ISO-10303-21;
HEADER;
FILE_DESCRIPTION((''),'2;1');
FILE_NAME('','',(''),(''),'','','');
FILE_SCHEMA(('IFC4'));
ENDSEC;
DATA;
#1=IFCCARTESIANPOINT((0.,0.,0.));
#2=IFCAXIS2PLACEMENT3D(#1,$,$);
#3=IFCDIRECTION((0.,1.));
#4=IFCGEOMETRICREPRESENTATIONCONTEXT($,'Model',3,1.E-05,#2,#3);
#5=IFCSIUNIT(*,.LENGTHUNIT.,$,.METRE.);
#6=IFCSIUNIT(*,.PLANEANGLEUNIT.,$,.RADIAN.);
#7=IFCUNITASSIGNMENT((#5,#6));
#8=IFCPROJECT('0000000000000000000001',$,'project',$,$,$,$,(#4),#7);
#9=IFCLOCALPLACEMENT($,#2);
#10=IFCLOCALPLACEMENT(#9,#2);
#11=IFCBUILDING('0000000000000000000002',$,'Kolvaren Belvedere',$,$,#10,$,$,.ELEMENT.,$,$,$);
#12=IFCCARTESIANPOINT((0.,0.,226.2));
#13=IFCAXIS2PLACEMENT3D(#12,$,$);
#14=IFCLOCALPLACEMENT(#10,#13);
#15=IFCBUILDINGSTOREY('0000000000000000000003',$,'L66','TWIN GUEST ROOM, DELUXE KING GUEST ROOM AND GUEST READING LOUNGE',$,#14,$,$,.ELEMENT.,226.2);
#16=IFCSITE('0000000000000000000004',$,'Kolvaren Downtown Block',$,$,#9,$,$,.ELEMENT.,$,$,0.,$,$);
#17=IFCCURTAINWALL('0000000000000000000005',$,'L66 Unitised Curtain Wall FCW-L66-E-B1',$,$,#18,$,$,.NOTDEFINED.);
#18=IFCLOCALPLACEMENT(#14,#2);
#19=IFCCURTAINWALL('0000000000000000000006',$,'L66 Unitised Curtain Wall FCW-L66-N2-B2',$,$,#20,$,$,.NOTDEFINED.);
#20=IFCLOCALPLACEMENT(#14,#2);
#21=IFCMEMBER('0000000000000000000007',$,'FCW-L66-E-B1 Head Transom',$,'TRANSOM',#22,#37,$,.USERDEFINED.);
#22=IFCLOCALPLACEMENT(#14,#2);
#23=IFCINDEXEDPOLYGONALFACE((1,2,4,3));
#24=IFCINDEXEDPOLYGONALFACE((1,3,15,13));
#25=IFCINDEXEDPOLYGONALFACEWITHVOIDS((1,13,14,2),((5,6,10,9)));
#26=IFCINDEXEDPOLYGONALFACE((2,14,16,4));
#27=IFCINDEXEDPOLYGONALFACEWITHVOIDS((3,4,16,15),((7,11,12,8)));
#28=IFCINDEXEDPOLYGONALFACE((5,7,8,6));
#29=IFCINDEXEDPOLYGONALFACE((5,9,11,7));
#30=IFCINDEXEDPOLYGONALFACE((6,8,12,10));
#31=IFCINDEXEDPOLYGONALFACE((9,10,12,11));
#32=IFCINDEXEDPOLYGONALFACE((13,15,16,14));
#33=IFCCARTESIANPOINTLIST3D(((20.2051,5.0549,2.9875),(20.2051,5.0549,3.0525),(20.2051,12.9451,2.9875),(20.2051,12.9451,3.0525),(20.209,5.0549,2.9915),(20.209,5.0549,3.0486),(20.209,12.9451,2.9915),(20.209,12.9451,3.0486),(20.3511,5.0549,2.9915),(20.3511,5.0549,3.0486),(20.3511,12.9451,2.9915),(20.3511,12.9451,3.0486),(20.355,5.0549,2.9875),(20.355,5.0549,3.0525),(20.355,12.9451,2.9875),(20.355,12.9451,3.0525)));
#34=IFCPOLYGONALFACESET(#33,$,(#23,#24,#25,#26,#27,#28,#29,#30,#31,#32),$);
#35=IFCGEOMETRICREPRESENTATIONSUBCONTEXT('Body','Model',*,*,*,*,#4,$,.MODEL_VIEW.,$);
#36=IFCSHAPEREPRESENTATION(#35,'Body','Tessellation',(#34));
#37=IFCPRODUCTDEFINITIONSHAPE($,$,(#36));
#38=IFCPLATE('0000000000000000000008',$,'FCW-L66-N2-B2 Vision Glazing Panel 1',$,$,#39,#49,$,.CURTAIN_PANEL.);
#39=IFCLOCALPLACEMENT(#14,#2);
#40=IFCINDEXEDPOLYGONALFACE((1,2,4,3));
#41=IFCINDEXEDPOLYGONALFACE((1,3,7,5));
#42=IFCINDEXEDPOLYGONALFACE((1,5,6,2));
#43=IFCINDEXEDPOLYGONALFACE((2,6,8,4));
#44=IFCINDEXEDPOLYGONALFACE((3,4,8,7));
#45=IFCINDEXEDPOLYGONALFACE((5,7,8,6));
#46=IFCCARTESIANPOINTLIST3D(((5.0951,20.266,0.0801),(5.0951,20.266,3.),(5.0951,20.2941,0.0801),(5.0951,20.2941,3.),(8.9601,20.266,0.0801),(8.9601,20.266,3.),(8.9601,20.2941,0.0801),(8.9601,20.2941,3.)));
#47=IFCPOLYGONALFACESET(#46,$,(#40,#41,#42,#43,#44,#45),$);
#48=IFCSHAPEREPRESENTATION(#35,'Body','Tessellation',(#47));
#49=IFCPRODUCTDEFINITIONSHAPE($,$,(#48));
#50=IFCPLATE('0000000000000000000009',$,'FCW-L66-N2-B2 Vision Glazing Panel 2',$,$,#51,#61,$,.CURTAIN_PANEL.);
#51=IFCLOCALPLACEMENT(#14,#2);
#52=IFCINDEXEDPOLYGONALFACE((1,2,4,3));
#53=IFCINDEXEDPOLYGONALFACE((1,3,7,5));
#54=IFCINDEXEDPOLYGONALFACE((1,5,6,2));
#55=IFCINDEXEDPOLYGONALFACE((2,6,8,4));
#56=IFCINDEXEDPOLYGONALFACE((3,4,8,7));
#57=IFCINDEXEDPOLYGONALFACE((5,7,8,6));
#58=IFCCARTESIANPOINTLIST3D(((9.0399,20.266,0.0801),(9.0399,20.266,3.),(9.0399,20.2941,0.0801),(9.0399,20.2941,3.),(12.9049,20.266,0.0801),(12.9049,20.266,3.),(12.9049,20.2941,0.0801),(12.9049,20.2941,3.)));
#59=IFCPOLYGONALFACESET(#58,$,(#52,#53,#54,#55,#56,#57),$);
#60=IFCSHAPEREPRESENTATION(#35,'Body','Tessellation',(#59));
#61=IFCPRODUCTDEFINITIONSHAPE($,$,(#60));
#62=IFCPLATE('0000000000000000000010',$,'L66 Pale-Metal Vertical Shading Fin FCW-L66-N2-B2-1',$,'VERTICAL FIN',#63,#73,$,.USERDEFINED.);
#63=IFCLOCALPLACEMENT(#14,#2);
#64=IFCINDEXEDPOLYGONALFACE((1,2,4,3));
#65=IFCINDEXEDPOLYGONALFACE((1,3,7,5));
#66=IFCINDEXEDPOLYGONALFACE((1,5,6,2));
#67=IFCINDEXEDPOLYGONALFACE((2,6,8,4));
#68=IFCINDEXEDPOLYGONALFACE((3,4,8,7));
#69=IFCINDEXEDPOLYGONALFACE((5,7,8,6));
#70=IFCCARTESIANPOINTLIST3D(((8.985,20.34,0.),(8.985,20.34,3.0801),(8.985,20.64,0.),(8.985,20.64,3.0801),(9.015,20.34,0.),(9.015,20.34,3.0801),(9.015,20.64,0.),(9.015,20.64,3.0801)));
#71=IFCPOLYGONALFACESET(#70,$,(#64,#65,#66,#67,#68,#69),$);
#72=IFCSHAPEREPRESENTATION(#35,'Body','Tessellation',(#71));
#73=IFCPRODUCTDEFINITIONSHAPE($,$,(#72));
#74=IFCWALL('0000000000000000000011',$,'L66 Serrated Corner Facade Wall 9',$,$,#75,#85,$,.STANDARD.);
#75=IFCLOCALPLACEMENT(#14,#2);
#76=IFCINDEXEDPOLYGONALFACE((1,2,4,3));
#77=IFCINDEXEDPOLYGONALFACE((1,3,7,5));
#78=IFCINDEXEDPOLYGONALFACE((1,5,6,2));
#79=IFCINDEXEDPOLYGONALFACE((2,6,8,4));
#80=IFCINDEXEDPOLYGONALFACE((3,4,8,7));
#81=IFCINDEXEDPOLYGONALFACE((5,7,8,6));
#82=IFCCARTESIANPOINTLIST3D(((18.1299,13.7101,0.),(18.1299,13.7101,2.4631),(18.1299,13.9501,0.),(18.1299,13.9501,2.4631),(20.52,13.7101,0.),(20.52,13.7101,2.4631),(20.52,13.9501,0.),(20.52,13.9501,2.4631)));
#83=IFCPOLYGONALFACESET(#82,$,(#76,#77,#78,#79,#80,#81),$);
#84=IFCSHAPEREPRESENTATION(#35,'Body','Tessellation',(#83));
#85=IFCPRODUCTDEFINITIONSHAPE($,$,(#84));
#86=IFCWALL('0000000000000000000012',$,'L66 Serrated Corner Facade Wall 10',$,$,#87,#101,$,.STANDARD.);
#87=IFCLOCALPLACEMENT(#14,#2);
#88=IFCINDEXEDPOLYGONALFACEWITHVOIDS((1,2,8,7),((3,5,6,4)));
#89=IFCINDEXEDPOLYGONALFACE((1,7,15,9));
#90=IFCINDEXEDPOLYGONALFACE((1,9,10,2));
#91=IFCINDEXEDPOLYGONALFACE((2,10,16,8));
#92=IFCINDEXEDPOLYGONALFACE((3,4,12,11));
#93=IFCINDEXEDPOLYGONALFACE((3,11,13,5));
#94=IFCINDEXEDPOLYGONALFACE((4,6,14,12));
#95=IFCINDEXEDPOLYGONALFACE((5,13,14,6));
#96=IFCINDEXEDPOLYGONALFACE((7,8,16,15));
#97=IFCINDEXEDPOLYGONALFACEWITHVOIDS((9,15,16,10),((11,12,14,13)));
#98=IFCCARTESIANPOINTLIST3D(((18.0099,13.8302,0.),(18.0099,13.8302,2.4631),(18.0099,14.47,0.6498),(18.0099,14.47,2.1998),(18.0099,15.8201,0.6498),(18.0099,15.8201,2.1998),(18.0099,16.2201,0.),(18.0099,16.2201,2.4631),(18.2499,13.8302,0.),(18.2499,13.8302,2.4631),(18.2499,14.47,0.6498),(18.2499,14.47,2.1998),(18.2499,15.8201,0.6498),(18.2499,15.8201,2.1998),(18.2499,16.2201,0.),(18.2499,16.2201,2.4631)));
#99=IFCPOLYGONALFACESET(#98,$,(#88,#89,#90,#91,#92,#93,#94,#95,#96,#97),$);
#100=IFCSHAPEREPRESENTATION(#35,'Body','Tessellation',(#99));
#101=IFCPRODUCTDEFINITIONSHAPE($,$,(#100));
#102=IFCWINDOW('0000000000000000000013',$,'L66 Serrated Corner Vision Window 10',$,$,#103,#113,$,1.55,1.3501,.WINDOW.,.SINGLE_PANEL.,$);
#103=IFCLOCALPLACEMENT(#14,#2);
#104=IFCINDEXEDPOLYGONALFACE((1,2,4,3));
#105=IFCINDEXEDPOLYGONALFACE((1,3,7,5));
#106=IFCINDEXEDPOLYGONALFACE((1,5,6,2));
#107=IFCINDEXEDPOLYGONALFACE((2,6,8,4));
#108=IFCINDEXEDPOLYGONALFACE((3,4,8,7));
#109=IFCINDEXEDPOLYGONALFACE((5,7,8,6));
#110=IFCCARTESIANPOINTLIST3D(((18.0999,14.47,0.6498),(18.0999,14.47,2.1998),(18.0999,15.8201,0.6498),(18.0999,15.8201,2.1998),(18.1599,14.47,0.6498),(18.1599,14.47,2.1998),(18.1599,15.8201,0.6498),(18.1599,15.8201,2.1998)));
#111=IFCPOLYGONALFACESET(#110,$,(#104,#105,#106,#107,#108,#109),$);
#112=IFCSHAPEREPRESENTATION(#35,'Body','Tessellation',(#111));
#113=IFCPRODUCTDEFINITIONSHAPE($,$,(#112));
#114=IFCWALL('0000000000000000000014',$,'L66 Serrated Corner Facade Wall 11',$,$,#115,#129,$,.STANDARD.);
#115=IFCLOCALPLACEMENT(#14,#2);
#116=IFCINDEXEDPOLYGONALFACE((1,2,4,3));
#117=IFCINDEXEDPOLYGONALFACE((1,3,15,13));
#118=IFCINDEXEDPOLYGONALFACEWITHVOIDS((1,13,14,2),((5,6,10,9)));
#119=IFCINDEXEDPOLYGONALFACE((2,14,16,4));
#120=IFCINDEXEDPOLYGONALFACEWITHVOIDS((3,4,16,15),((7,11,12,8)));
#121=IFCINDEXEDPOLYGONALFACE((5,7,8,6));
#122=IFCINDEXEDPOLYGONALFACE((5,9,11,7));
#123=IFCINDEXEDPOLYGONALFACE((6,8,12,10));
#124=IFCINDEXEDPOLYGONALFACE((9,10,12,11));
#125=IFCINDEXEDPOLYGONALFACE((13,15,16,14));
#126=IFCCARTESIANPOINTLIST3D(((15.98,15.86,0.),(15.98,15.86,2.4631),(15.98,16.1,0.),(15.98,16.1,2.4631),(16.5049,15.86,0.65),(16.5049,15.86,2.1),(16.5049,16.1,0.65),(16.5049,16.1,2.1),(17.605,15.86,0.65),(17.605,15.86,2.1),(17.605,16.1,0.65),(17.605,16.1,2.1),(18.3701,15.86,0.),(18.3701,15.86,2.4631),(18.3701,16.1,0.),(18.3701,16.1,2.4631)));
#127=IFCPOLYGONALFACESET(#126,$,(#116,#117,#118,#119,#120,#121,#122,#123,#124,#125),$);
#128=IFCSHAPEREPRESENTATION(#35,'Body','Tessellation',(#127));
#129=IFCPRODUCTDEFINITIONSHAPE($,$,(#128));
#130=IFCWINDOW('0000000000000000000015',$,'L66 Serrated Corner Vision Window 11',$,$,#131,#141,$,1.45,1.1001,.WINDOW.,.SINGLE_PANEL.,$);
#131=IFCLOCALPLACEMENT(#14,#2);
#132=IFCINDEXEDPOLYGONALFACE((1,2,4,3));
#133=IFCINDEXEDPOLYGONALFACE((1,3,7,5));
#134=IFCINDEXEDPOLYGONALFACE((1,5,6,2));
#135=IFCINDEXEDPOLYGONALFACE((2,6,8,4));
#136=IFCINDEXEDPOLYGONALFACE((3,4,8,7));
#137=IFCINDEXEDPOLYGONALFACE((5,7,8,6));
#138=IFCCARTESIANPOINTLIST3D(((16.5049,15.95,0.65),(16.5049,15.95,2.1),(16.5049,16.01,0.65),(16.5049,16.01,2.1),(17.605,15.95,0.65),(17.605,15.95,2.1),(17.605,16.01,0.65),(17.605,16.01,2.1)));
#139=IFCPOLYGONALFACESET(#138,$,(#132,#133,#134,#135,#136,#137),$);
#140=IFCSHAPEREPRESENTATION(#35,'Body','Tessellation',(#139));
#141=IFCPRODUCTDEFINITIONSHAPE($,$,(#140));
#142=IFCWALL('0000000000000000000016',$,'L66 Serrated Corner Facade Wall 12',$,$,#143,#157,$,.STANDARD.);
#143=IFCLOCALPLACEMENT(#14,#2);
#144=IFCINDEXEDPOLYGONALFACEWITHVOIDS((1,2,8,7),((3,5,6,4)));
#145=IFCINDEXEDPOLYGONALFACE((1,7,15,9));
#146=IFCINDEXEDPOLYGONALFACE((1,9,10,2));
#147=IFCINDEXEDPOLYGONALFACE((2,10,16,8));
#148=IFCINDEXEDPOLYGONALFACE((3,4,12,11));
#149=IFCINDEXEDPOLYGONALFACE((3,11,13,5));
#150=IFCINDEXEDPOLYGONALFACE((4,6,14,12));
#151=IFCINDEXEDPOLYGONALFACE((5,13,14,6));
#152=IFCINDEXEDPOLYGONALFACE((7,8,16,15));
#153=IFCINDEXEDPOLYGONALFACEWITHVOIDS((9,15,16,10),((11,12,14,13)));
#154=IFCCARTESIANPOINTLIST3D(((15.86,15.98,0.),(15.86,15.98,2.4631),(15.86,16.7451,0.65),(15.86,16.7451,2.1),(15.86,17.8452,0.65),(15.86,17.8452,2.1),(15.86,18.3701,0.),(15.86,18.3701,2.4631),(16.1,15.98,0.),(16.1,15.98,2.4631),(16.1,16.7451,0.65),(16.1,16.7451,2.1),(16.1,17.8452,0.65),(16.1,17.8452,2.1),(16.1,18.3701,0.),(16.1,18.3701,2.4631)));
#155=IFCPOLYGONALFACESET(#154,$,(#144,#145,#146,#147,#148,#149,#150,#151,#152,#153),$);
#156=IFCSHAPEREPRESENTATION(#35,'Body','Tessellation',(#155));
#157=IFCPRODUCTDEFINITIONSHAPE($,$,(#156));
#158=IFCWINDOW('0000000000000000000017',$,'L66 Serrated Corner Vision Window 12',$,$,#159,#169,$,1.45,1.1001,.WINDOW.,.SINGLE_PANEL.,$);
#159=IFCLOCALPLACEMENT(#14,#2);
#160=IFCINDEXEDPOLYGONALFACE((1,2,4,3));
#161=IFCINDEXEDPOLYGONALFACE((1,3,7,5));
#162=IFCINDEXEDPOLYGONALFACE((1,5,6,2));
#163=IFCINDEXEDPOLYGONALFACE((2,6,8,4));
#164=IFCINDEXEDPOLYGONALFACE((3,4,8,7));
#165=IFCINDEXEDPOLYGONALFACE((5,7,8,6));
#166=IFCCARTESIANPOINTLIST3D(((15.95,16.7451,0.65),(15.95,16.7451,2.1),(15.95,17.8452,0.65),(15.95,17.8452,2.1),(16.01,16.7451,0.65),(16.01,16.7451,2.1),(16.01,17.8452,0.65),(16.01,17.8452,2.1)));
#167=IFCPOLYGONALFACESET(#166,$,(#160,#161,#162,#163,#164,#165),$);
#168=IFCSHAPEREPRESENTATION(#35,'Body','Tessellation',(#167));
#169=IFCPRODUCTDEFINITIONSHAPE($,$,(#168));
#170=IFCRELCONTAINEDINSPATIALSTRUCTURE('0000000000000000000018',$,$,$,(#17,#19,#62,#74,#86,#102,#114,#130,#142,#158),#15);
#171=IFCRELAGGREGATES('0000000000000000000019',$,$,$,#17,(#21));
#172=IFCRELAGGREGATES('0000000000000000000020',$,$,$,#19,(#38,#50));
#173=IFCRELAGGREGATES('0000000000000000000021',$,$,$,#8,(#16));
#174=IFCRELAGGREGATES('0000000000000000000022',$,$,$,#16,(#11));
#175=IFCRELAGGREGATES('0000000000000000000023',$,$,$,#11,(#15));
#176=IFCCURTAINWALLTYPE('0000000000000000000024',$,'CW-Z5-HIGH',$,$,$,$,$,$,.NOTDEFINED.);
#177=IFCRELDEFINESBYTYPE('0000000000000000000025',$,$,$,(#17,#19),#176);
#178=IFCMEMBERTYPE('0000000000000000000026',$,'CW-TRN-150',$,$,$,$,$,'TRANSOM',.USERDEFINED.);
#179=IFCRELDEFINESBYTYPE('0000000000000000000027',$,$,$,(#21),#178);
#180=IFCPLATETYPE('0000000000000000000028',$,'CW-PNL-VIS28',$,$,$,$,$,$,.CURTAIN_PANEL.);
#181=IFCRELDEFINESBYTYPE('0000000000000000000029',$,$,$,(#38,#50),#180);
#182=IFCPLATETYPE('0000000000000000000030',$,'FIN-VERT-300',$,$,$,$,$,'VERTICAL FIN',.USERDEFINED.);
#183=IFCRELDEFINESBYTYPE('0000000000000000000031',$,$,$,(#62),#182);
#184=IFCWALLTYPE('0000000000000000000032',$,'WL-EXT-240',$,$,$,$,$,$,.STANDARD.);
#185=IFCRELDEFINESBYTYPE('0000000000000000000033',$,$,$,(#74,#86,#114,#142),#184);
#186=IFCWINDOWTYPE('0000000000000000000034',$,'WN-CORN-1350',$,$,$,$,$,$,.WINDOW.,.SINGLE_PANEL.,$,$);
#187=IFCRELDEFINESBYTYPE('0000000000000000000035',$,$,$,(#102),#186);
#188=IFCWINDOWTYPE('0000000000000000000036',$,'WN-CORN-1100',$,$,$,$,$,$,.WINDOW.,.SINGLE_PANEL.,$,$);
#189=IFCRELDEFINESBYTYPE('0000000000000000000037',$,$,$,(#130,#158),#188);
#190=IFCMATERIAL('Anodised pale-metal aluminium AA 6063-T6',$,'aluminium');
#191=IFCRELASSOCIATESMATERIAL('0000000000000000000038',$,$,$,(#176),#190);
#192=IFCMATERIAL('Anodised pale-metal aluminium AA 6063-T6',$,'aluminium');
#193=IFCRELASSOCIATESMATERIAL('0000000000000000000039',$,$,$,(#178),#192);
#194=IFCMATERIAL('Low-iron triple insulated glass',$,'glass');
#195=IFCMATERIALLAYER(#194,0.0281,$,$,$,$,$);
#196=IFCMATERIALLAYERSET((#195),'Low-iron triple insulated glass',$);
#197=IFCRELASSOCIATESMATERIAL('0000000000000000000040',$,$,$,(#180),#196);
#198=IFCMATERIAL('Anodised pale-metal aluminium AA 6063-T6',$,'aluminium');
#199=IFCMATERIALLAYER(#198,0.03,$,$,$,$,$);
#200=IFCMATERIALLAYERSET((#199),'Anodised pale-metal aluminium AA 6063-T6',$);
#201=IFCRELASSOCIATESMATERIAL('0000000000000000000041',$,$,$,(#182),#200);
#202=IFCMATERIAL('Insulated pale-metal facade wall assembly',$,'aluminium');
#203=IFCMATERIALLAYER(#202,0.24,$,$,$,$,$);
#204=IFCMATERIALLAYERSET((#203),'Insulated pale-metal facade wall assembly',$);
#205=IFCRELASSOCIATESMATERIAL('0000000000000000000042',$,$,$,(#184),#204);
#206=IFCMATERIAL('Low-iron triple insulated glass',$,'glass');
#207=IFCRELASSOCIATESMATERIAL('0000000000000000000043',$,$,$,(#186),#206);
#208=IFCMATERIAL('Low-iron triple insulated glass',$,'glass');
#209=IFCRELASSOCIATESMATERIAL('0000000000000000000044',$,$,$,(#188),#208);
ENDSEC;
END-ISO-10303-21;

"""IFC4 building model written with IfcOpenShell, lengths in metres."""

from ifc_helpers import new_model, si_unit, direction, frame, frame_2d, origin, origin_2d, place, context, subcontext, project, spatial, rectangle, hollow_rectangle, extrude, material, layer, layer_set, material_profile, profile_set, type_object, element, fill, aggregate, save


model = new_model("IFC4")

# Units and contexts
model_context = context("Model", 3, precision=1e-05, world=origin(), true_north=direction((0.0, 1.0)))
body_context = subcontext(model_context, "Body", "Model", "MODEL_VIEW")
ifc_project = project(units=[si_unit("LENGTHUNIT", "METRE"), si_unit("PLANEANGLEUNIT", "RADIAN")], contexts=[model_context])

# Site, building, storey
site_placement = place(None, origin())
site = spatial("IfcSite", under=ifc_project, at=site_placement, Name="Kolvaren Downtown Block", CompositionType="ELEMENT", RefElevation=0.0)
building_placement = place(site_placement, origin())
building = spatial("IfcBuilding", under=site, at=building_placement, Name="Kolvaren Belvedere", CompositionType="ELEMENT")
storey_placement = place(building_placement, frame((0.0, 0.0, 226.2)))
storey = spatial("IfcBuildingStorey", under=building, at=storey_placement, Name="L66", Description="TWIN GUEST ROOM, DELUXE KING GUEST ROOM AND GUEST READING LOUNGE", CompositionType="ELEMENT", Elevation=226.2)

# Curtain wall
ifc_material_1 = material(Name="Anodised pale-metal aluminium AA 6063-T6", Category="aluminium")
curtain_wall_type = type_object("IfcCurtainWallType", Name="CW-Z5-HIGH", PredefinedType="NOTDEFINED", material=ifc_material_1)
curtain_wall_1_placement = place(storey_placement, origin())
curtain_wall_1 = element("IfcCurtainWall", 1, at=curtain_wall_1_placement, inside=storey, type_object=curtain_wall_type, Name="L66 Unitised Curtain Wall FCW-L66-E-B1", PredefinedType="NOTDEFINED")

# Curtain wall
curtain_wall_2_placement = place(storey_placement, origin())
curtain_wall_2 = element("IfcCurtainWall", 2, at=curtain_wall_2_placement, inside=storey, type_object=curtain_wall_type, Name="L66 Unitised Curtain Wall FCW-L66-N2-B2", PredefinedType="NOTDEFINED")

# Member
ifc_material_2 = material(Name="Anodised pale-metal aluminium AA 6063-T6", Category="aluminium")
ifc_material_profile_1 = material_profile(ifc_material_2, hollow_rectangle(XDim=0.0649, YDim=0.1499, WallThickness=0.0039, at=origin_2d()), Name="ALU-TRN-150X65")
ifc_profile_set_1 = profile_set([ifc_material_profile_1], Name="Anodised pale-metal aluminium AA 6063-T6")
member_type_1 = type_object("IfcMemberType", Name="CW-TRN-150", ElementType="TRANSOM", PredefinedType="USERDEFINED", material=ifc_profile_set_1)
member_1_placement = place(storey_placement, frame((20.28, 12.9451, 3.02), z_axis=(0.0, -1.0, 0.0), x_axis=(0.0, 0.0, 1.0)))
member_1 = element("IfcMember", 3, at=member_1_placement, type_object=member_type_1, Name="FCW-L66-E-B1 Head Transom", ObjectType="TRANSOM", PredefinedType="USERDEFINED", context=body_context, shape_type="SweptSolid", body=[
    extrude(hollow_rectangle(XDim=0.0649, YDim=0.1499, WallThickness=0.0039, at=origin_2d()), origin(), (0.0, 0.0, 1.0), 7.8901),
])
aggregate(curtain_wall_1, [member_1])

# Plates
ifc_material_3 = material(Name="Low-iron triple insulated glass", Category="glass")
ifc_layer_1 = layer(ifc_material_3, 0.0281)
ifc_layer_set_1 = layer_set([ifc_layer_1], Name="Low-iron triple insulated glass")
plate_type_1 = type_object("IfcPlateType", Name="CW-PNL-VIS28", PredefinedType="CURTAIN_PANEL", material=ifc_layer_set_1)
plate_1_placement = place(storey_placement, frame((7.0276, 20.28, 0.0801), z_axis=(0.0, 0.0, 1.0), x_axis=(1.0, 0.0, 0.0)))
plate_1 = element("IfcPlate", 4, at=plate_1_placement, type_object=plate_type_1, Name="FCW-L66-N2-B2 Vision Glazing Panel 1", PredefinedType="CURTAIN_PANEL", context=body_context, shape_type="SweptSolid", body=[
    extrude(rectangle(XDim=3.865, YDim=0.0281, at=origin_2d()), origin(), (0.0, 0.0, 1.0), 2.9199),
])
plate_2_placement = place(storey_placement, frame((10.9724, 20.28, 0.0801), z_axis=(0.0, 0.0, 1.0), x_axis=(1.0, 0.0, 0.0)))
plate_2 = element("IfcPlate", 5, at=plate_2_placement, type_object=plate_type_1, Name="FCW-L66-N2-B2 Vision Glazing Panel 2", PredefinedType="CURTAIN_PANEL", context=body_context, shape_type="SweptSolid", body=[
    extrude(rectangle(XDim=3.865, YDim=0.0281, at=origin_2d()), origin(), (0.0, 0.0, 1.0), 2.9199),
])
aggregate(curtain_wall_2, [plate_1, plate_2])
ifc_material_4 = material(Name="Anodised pale-metal aluminium AA 6063-T6", Category="aluminium")
ifc_layer_2 = layer(ifc_material_4, 0.03)
ifc_layer_set_2 = layer_set([ifc_layer_2], Name="Anodised pale-metal aluminium AA 6063-T6")
plate_type_2 = type_object("IfcPlateType", Name="FIN-VERT-300", ElementType="VERTICAL FIN", PredefinedType="USERDEFINED", material=ifc_layer_set_2)
plate_3_placement = place(storey_placement, frame((9.0, 20.49, 0.0), z_axis=(0.0, 0.0, 1.0), x_axis=(0.0, 1.0, 0.0)))
element("IfcPlate", 6, at=plate_3_placement, inside=storey, type_object=plate_type_2, Name="L66 Pale-Metal Vertical Shading Fin FCW-L66-N2-B2-1", ObjectType="VERTICAL FIN", PredefinedType="USERDEFINED", context=body_context, shape_type="SweptSolid", body=[
    extrude(rectangle(XDim=0.3, YDim=0.03, at=origin_2d()), origin(), (0.0, 0.0, 1.0), 3.0801),
])

# Wall
ifc_material_5 = material(Name="Insulated pale-metal facade wall assembly", Category="aluminium")
ifc_layer_3 = layer(ifc_material_5, 0.24)
ifc_layer_set_3 = layer_set([ifc_layer_3], Name="Insulated pale-metal facade wall assembly")
wall_type_1 = type_object("IfcWallType", Name="WL-EXT-240", PredefinedType="STANDARD", material=ifc_layer_set_3)
wall_1_placement = place(storey_placement, frame((18.1299, 13.8301, 0.0), z_axis=(0.0, 0.0, 1.0), x_axis=(1.0, 0.0, 0.0)))
element("IfcWall", 7, at=wall_1_placement, inside=storey, type_object=wall_type_1, Name="L66 Serrated Corner Facade Wall 9", PredefinedType="STANDARD", context=body_context, shape_type="SweptSolid", body=[
    extrude(rectangle(XDim=2.3901, YDim=0.24, at=frame_2d((1.1951, 0.0))), origin(), (0.0, 0.0, 1.0), 2.4631),
])

# Walls, openings, windows
wall_2_placement = place(storey_placement, frame((18.1299, 16.22, 0.0), z_axis=(0.0, 0.0, 1.0), x_axis=(0.0, -1.0, 0.0)))
wall_2 = element("IfcWall", 8, at=wall_2_placement, inside=storey, type_object=wall_type_1, Name="L66 Serrated Corner Facade Wall 10", PredefinedType="STANDARD", context=body_context, shape_type="SweptSolid", body=[
    extrude(rectangle(XDim=2.3899, YDim=0.24, at=frame_2d((1.1948, 0.0))), origin(), (0.0, 0.0, 1.0), 2.4631),
])
opening_1_placement = place(wall_2_placement, frame((0.3999, 0.0, 0.6499)))
opening_1 = element("IfcOpeningElement", 9, at=opening_1_placement, cuts=wall_2, PredefinedType="OPENING", context=body_context, shape_type="SweptSolid", body=[
    extrude(rectangle(XDim=1.3501, YDim=1.55, at=frame_2d((0.675, 0.7749))), frame((0.0, 0.1299, 0.0), z_axis=(0.0, -1.0, 0.0), x_axis=(1.0, 0.0, 0.0)), (0.0, 0.0, 1.0), 0.26),
])
ifc_material_6 = material(Name="Low-iron triple insulated glass", Category="glass")
window_type_1 = type_object("IfcWindowType", Name="WN-CORN-1350", PartitioningType="SINGLE_PANEL", PredefinedType="WINDOW", material=ifc_material_6)
window_1_placement = place(opening_1_placement, origin())
window_1 = element("IfcWindow", 10, at=window_1_placement, inside=storey, type_object=window_type_1, Name="L66 Serrated Corner Vision Window 10", OverallHeight=1.55, OverallWidth=1.3501, PartitioningType="SINGLE_PANEL", PredefinedType="WINDOW", context=body_context, shape_type="SweptSolid", body=[
    extrude(rectangle(XDim=1.3501, YDim=1.55, at=frame_2d((0.675, 0.7749))), frame((0.0, 0.03, 0.0), z_axis=(0.0, -1.0, 0.0), x_axis=(1.0, 0.0, 0.0)), (0.0, 0.0, 1.0), 0.0601),
])
fill(opening_1, window_1)
wall_3_placement = place(storey_placement, frame((15.98, 15.98, 0.0), z_axis=(0.0, 0.0, 1.0), x_axis=(1.0, 0.0, 0.0)))
wall_3 = element("IfcWall", 11, at=wall_3_placement, inside=storey, type_object=wall_type_1, Name="L66 Serrated Corner Facade Wall 11", PredefinedType="STANDARD", context=body_context, shape_type="SweptSolid", body=[
    extrude(rectangle(XDim=2.3901, YDim=0.24, at=frame_2d((1.1951, 0.0))), origin(), (0.0, 0.0, 1.0), 2.4631),
])
opening_2_placement = place(wall_3_placement, frame((0.5249, 0.0, 0.6499)))
opening_2 = element("IfcOpeningElement", 12, at=opening_2_placement, cuts=wall_3, PredefinedType="OPENING", context=body_context, shape_type="SweptSolid", body=[
    extrude(rectangle(XDim=1.1001, YDim=1.45, at=frame_2d((0.55, 0.7251))), frame((0.0, 0.1299, 0.0), z_axis=(0.0, -1.0, 0.0), x_axis=(1.0, 0.0, 0.0)), (0.0, 0.0, 1.0), 0.26),
])
ifc_material_7 = material(Name="Low-iron triple insulated glass", Category="glass")
window_type_2 = type_object("IfcWindowType", Name="WN-CORN-1100", PartitioningType="SINGLE_PANEL", PredefinedType="WINDOW", material=ifc_material_7)
window_2_placement = place(opening_2_placement, origin())
window_2 = element("IfcWindow", 13, at=window_2_placement, inside=storey, type_object=window_type_2, Name="L66 Serrated Corner Vision Window 11", OverallHeight=1.45, OverallWidth=1.1001, PartitioningType="SINGLE_PANEL", PredefinedType="WINDOW", context=body_context, shape_type="SweptSolid", body=[
    extrude(rectangle(XDim=1.1001, YDim=1.45, at=frame_2d((0.55, 0.7251))), frame((0.0, 0.03, 0.0), z_axis=(0.0, -1.0, 0.0), x_axis=(1.0, 0.0, 0.0)), (0.0, 0.0, 1.0), 0.0601),
])
fill(opening_2, window_2)
wall_4_placement = place(storey_placement, frame((15.98, 18.3701, 0.0), z_axis=(0.0, 0.0, 1.0), x_axis=(0.0, -1.0, 0.0)))
wall_4 = element("IfcWall", 14, at=wall_4_placement, inside=storey, type_object=wall_type_1, Name="L66 Serrated Corner Facade Wall 12", PredefinedType="STANDARD", context=body_context, shape_type="SweptSolid", body=[
    extrude(rectangle(XDim=2.3901, YDim=0.24, at=frame_2d((1.1951, 0.0))), origin(), (0.0, 0.0, 1.0), 2.4631),
])
opening_3_placement = place(wall_4_placement, frame((0.5249, 0.0, 0.6499)))
opening_3 = element("IfcOpeningElement", 15, at=opening_3_placement, cuts=wall_4, PredefinedType="OPENING", context=body_context, shape_type="SweptSolid", body=[
    extrude(rectangle(XDim=1.1001, YDim=1.45, at=frame_2d((0.55, 0.7251))), frame((0.0, 0.1299, 0.0), z_axis=(0.0, -1.0, 0.0), x_axis=(1.0, 0.0, 0.0)), (0.0, 0.0, 1.0), 0.26),
])
window_3_placement = place(opening_3_placement, origin())
window_3 = element("IfcWindow", 16, at=window_3_placement, inside=storey, type_object=window_type_2, Name="L66 Serrated Corner Vision Window 12", OverallHeight=1.45, OverallWidth=1.1001, PartitioningType="SINGLE_PANEL", PredefinedType="WINDOW", context=body_context, shape_type="SweptSolid", body=[
    extrude(rectangle(XDim=1.1001, YDim=1.45, at=frame_2d((0.55, 0.7251))), frame((0.0, 0.03, 0.0), z_axis=(0.0, -1.0, 0.0), x_axis=(1.0, 0.0, 0.0)), (0.0, 0.0, 1.0), 0.0601),
])
fill(opening_3, window_3)

save(model, "model.ifc")
